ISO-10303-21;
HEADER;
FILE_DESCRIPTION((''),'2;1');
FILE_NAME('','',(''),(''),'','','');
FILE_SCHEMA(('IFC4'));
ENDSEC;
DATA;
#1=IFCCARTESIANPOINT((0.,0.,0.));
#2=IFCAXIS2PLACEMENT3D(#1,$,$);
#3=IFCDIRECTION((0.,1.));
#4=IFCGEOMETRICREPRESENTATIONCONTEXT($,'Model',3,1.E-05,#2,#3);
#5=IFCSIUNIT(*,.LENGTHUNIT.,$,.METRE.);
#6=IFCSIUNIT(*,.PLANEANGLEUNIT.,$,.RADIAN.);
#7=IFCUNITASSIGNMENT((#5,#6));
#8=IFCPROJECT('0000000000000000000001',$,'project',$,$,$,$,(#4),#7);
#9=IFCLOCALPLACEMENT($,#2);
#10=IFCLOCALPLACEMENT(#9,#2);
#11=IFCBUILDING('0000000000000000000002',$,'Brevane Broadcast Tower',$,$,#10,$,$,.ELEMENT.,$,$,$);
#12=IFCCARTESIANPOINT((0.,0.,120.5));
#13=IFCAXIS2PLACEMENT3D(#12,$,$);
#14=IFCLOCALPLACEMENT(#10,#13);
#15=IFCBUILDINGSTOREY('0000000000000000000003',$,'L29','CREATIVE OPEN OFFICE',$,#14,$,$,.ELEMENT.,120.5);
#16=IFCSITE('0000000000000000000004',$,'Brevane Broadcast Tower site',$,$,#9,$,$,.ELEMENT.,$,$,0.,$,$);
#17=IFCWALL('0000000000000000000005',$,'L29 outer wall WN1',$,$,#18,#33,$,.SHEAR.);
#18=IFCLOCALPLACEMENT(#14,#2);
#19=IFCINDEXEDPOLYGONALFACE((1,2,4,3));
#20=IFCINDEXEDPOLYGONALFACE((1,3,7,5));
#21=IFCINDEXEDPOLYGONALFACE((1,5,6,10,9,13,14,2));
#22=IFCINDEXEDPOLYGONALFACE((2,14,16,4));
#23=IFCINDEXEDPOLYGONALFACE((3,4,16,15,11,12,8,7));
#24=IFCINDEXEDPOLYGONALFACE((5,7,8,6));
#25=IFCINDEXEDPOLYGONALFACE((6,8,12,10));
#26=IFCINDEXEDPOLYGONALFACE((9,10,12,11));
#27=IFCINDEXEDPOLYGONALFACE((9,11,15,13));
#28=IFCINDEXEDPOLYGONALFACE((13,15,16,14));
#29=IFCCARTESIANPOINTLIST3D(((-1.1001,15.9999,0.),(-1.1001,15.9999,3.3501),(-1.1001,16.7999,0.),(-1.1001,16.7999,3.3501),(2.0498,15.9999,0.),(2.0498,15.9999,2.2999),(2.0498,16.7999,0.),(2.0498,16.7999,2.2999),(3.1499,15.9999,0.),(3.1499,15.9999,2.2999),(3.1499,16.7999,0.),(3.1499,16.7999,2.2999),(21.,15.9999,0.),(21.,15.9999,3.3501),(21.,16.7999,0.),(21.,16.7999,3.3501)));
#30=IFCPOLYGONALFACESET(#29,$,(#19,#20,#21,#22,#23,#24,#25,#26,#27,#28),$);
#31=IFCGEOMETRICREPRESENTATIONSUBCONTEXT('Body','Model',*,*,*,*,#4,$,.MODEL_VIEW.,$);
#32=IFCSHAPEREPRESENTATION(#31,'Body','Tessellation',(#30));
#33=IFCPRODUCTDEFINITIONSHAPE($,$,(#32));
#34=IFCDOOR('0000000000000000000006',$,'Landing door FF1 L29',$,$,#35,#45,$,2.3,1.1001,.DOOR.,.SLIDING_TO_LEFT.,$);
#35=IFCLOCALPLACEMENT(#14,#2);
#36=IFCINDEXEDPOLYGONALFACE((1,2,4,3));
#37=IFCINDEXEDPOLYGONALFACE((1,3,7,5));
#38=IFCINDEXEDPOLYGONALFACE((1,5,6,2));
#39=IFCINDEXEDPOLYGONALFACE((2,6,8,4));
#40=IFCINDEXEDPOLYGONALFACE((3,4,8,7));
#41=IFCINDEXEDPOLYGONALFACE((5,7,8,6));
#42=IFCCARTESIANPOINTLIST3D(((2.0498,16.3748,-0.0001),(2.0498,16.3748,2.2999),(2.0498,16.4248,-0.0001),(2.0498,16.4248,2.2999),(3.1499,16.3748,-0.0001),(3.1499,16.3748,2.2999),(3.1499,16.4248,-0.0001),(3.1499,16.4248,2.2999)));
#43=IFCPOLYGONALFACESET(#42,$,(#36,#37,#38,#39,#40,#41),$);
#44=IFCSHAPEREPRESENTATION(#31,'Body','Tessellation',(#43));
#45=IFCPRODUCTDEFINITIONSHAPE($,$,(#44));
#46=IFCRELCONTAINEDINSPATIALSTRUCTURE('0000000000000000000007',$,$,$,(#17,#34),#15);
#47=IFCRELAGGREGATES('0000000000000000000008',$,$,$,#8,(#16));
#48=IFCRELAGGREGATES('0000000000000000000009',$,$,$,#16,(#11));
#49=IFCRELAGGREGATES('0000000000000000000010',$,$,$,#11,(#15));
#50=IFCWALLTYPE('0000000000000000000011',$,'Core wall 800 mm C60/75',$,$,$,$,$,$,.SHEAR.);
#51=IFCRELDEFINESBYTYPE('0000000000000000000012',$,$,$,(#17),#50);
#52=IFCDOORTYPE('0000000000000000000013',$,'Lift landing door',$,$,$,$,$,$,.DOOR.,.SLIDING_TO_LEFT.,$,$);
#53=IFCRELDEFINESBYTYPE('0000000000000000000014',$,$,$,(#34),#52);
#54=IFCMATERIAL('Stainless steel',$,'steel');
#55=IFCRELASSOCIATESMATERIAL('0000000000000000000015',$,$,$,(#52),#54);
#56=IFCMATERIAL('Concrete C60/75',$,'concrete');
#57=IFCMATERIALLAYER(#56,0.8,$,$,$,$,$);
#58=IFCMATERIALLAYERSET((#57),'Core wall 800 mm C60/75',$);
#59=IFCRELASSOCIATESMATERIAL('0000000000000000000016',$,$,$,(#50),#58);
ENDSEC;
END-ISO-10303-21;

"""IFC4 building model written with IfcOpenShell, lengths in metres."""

from ifc_helpers import new_model, si_unit, direction, frame, frame_2d, origin, place, context, subcontext, project, spatial, rectangle, extrude, material, layer, layer_set, type_object, element, fill, save


model = new_model("IFC4")

# Units and contexts
model_context = context("Model", 3, precision=1e-05, world=origin(), true_north=direction((0.0, 1.0)))
body_context = subcontext(model_context, "Body", "Model", "MODEL_VIEW")
ifc_project = project(units=[si_unit("LENGTHUNIT", "METRE"), si_unit("PLANEANGLEUNIT", "RADIAN")], contexts=[model_context])

# Site, building, storey
site_placement = place(None, origin())
site = spatial("IfcSite", under=ifc_project, at=site_placement, Name="Brevane Broadcast Tower site", CompositionType="ELEMENT", RefElevation=0.0)
building_placement = place(site_placement, origin())
building = spatial("IfcBuilding", under=site, at=building_placement, Name="Brevane Broadcast Tower", CompositionType="ELEMENT")
storey_placement = place(building_placement, frame((0.0, 0.0, 120.5)))
storey = spatial("IfcBuildingStorey", under=building, at=storey_placement, Name="L29", Description="CREATIVE OPEN OFFICE", CompositionType="ELEMENT", Elevation=120.5)

# Shared definitions
ifc_material_1 = material(Name="Concrete C60/75", Category="concrete")
ifc_material_2 = material(Name="Stainless steel", Category="steel")
door_type = type_object("IfcDoorType", Name="Lift landing door", OperationType="SLIDING_TO_LEFT", PredefinedType="DOOR", material=ifc_material_2)

# Wall, opening, door
ifc_layer_1 = layer(ifc_material_1, 0.8)
ifc_layer_set_1 = layer_set([ifc_layer_1], Name="Core wall 800 mm C60/75")
wall_type_1 = type_object("IfcWallType", Name="Core wall 800 mm C60/75", PredefinedType="SHEAR", material=ifc_layer_set_1)
wall_1_placement = place(storey_placement, frame((-1.1001, 16.3999, 0.0), z_axis=(0.0, 0.0, 1.0), x_axis=(1.0, 0.0, 0.0)))
wall_1 = element("IfcWall", 1, at=wall_1_placement, inside=storey, type_object=wall_type_1, Name="L29 outer wall WN1", PredefinedType="SHEAR", context=body_context, shape_type="SweptSolid", body=[
    extrude(rectangle(XDim=22.1001, YDim=0.8, at=frame_2d((11.05, 0.0))), origin(), (0.0, 0.0, 1.0), 3.3501),
])
opening_1_placement = place(wall_1_placement, frame((3.1499, 0.0, 0.0)))
opening_1 = element("IfcOpeningElement", 2, at=opening_1_placement, cuts=wall_1, PredefinedType="OPENING", context=body_context, shape_type="SweptSolid", body=[
    extrude(rectangle(XDim=1.1001, YDim=2.3, at=frame_2d((0.55, 1.1499))), frame((0.0, 0.4099, 0.0), z_axis=(0.0, -1.0, 0.0), x_axis=(1.0, 0.0, 0.0)), (0.0, 0.0, 1.0), 0.8201),
])
door_1_placement = place(opening_1_placement, origin())
door_1 = element("IfcDoor", 3, at=door_1_placement, inside=storey, type_object=door_type, Name="Landing door FF1 L29", OperationType="SLIDING_TO_LEFT", OverallHeight=2.3, OverallWidth=1.1001, PredefinedType="DOOR", context=body_context, shape_type="SweptSolid", body=[
    extrude(rectangle(XDim=1.1001, YDim=2.3, at=frame_2d((0.55, 1.1499))), frame((0.0, 0.0249, 0.0), z_axis=(0.0, -1.0, 0.0), x_axis=(1.0, 0.0, 0.0)), (0.0, 0.0, 1.0), 0.05),
])
fill(opening_1, door_1)

save(model, "model.ifc")
